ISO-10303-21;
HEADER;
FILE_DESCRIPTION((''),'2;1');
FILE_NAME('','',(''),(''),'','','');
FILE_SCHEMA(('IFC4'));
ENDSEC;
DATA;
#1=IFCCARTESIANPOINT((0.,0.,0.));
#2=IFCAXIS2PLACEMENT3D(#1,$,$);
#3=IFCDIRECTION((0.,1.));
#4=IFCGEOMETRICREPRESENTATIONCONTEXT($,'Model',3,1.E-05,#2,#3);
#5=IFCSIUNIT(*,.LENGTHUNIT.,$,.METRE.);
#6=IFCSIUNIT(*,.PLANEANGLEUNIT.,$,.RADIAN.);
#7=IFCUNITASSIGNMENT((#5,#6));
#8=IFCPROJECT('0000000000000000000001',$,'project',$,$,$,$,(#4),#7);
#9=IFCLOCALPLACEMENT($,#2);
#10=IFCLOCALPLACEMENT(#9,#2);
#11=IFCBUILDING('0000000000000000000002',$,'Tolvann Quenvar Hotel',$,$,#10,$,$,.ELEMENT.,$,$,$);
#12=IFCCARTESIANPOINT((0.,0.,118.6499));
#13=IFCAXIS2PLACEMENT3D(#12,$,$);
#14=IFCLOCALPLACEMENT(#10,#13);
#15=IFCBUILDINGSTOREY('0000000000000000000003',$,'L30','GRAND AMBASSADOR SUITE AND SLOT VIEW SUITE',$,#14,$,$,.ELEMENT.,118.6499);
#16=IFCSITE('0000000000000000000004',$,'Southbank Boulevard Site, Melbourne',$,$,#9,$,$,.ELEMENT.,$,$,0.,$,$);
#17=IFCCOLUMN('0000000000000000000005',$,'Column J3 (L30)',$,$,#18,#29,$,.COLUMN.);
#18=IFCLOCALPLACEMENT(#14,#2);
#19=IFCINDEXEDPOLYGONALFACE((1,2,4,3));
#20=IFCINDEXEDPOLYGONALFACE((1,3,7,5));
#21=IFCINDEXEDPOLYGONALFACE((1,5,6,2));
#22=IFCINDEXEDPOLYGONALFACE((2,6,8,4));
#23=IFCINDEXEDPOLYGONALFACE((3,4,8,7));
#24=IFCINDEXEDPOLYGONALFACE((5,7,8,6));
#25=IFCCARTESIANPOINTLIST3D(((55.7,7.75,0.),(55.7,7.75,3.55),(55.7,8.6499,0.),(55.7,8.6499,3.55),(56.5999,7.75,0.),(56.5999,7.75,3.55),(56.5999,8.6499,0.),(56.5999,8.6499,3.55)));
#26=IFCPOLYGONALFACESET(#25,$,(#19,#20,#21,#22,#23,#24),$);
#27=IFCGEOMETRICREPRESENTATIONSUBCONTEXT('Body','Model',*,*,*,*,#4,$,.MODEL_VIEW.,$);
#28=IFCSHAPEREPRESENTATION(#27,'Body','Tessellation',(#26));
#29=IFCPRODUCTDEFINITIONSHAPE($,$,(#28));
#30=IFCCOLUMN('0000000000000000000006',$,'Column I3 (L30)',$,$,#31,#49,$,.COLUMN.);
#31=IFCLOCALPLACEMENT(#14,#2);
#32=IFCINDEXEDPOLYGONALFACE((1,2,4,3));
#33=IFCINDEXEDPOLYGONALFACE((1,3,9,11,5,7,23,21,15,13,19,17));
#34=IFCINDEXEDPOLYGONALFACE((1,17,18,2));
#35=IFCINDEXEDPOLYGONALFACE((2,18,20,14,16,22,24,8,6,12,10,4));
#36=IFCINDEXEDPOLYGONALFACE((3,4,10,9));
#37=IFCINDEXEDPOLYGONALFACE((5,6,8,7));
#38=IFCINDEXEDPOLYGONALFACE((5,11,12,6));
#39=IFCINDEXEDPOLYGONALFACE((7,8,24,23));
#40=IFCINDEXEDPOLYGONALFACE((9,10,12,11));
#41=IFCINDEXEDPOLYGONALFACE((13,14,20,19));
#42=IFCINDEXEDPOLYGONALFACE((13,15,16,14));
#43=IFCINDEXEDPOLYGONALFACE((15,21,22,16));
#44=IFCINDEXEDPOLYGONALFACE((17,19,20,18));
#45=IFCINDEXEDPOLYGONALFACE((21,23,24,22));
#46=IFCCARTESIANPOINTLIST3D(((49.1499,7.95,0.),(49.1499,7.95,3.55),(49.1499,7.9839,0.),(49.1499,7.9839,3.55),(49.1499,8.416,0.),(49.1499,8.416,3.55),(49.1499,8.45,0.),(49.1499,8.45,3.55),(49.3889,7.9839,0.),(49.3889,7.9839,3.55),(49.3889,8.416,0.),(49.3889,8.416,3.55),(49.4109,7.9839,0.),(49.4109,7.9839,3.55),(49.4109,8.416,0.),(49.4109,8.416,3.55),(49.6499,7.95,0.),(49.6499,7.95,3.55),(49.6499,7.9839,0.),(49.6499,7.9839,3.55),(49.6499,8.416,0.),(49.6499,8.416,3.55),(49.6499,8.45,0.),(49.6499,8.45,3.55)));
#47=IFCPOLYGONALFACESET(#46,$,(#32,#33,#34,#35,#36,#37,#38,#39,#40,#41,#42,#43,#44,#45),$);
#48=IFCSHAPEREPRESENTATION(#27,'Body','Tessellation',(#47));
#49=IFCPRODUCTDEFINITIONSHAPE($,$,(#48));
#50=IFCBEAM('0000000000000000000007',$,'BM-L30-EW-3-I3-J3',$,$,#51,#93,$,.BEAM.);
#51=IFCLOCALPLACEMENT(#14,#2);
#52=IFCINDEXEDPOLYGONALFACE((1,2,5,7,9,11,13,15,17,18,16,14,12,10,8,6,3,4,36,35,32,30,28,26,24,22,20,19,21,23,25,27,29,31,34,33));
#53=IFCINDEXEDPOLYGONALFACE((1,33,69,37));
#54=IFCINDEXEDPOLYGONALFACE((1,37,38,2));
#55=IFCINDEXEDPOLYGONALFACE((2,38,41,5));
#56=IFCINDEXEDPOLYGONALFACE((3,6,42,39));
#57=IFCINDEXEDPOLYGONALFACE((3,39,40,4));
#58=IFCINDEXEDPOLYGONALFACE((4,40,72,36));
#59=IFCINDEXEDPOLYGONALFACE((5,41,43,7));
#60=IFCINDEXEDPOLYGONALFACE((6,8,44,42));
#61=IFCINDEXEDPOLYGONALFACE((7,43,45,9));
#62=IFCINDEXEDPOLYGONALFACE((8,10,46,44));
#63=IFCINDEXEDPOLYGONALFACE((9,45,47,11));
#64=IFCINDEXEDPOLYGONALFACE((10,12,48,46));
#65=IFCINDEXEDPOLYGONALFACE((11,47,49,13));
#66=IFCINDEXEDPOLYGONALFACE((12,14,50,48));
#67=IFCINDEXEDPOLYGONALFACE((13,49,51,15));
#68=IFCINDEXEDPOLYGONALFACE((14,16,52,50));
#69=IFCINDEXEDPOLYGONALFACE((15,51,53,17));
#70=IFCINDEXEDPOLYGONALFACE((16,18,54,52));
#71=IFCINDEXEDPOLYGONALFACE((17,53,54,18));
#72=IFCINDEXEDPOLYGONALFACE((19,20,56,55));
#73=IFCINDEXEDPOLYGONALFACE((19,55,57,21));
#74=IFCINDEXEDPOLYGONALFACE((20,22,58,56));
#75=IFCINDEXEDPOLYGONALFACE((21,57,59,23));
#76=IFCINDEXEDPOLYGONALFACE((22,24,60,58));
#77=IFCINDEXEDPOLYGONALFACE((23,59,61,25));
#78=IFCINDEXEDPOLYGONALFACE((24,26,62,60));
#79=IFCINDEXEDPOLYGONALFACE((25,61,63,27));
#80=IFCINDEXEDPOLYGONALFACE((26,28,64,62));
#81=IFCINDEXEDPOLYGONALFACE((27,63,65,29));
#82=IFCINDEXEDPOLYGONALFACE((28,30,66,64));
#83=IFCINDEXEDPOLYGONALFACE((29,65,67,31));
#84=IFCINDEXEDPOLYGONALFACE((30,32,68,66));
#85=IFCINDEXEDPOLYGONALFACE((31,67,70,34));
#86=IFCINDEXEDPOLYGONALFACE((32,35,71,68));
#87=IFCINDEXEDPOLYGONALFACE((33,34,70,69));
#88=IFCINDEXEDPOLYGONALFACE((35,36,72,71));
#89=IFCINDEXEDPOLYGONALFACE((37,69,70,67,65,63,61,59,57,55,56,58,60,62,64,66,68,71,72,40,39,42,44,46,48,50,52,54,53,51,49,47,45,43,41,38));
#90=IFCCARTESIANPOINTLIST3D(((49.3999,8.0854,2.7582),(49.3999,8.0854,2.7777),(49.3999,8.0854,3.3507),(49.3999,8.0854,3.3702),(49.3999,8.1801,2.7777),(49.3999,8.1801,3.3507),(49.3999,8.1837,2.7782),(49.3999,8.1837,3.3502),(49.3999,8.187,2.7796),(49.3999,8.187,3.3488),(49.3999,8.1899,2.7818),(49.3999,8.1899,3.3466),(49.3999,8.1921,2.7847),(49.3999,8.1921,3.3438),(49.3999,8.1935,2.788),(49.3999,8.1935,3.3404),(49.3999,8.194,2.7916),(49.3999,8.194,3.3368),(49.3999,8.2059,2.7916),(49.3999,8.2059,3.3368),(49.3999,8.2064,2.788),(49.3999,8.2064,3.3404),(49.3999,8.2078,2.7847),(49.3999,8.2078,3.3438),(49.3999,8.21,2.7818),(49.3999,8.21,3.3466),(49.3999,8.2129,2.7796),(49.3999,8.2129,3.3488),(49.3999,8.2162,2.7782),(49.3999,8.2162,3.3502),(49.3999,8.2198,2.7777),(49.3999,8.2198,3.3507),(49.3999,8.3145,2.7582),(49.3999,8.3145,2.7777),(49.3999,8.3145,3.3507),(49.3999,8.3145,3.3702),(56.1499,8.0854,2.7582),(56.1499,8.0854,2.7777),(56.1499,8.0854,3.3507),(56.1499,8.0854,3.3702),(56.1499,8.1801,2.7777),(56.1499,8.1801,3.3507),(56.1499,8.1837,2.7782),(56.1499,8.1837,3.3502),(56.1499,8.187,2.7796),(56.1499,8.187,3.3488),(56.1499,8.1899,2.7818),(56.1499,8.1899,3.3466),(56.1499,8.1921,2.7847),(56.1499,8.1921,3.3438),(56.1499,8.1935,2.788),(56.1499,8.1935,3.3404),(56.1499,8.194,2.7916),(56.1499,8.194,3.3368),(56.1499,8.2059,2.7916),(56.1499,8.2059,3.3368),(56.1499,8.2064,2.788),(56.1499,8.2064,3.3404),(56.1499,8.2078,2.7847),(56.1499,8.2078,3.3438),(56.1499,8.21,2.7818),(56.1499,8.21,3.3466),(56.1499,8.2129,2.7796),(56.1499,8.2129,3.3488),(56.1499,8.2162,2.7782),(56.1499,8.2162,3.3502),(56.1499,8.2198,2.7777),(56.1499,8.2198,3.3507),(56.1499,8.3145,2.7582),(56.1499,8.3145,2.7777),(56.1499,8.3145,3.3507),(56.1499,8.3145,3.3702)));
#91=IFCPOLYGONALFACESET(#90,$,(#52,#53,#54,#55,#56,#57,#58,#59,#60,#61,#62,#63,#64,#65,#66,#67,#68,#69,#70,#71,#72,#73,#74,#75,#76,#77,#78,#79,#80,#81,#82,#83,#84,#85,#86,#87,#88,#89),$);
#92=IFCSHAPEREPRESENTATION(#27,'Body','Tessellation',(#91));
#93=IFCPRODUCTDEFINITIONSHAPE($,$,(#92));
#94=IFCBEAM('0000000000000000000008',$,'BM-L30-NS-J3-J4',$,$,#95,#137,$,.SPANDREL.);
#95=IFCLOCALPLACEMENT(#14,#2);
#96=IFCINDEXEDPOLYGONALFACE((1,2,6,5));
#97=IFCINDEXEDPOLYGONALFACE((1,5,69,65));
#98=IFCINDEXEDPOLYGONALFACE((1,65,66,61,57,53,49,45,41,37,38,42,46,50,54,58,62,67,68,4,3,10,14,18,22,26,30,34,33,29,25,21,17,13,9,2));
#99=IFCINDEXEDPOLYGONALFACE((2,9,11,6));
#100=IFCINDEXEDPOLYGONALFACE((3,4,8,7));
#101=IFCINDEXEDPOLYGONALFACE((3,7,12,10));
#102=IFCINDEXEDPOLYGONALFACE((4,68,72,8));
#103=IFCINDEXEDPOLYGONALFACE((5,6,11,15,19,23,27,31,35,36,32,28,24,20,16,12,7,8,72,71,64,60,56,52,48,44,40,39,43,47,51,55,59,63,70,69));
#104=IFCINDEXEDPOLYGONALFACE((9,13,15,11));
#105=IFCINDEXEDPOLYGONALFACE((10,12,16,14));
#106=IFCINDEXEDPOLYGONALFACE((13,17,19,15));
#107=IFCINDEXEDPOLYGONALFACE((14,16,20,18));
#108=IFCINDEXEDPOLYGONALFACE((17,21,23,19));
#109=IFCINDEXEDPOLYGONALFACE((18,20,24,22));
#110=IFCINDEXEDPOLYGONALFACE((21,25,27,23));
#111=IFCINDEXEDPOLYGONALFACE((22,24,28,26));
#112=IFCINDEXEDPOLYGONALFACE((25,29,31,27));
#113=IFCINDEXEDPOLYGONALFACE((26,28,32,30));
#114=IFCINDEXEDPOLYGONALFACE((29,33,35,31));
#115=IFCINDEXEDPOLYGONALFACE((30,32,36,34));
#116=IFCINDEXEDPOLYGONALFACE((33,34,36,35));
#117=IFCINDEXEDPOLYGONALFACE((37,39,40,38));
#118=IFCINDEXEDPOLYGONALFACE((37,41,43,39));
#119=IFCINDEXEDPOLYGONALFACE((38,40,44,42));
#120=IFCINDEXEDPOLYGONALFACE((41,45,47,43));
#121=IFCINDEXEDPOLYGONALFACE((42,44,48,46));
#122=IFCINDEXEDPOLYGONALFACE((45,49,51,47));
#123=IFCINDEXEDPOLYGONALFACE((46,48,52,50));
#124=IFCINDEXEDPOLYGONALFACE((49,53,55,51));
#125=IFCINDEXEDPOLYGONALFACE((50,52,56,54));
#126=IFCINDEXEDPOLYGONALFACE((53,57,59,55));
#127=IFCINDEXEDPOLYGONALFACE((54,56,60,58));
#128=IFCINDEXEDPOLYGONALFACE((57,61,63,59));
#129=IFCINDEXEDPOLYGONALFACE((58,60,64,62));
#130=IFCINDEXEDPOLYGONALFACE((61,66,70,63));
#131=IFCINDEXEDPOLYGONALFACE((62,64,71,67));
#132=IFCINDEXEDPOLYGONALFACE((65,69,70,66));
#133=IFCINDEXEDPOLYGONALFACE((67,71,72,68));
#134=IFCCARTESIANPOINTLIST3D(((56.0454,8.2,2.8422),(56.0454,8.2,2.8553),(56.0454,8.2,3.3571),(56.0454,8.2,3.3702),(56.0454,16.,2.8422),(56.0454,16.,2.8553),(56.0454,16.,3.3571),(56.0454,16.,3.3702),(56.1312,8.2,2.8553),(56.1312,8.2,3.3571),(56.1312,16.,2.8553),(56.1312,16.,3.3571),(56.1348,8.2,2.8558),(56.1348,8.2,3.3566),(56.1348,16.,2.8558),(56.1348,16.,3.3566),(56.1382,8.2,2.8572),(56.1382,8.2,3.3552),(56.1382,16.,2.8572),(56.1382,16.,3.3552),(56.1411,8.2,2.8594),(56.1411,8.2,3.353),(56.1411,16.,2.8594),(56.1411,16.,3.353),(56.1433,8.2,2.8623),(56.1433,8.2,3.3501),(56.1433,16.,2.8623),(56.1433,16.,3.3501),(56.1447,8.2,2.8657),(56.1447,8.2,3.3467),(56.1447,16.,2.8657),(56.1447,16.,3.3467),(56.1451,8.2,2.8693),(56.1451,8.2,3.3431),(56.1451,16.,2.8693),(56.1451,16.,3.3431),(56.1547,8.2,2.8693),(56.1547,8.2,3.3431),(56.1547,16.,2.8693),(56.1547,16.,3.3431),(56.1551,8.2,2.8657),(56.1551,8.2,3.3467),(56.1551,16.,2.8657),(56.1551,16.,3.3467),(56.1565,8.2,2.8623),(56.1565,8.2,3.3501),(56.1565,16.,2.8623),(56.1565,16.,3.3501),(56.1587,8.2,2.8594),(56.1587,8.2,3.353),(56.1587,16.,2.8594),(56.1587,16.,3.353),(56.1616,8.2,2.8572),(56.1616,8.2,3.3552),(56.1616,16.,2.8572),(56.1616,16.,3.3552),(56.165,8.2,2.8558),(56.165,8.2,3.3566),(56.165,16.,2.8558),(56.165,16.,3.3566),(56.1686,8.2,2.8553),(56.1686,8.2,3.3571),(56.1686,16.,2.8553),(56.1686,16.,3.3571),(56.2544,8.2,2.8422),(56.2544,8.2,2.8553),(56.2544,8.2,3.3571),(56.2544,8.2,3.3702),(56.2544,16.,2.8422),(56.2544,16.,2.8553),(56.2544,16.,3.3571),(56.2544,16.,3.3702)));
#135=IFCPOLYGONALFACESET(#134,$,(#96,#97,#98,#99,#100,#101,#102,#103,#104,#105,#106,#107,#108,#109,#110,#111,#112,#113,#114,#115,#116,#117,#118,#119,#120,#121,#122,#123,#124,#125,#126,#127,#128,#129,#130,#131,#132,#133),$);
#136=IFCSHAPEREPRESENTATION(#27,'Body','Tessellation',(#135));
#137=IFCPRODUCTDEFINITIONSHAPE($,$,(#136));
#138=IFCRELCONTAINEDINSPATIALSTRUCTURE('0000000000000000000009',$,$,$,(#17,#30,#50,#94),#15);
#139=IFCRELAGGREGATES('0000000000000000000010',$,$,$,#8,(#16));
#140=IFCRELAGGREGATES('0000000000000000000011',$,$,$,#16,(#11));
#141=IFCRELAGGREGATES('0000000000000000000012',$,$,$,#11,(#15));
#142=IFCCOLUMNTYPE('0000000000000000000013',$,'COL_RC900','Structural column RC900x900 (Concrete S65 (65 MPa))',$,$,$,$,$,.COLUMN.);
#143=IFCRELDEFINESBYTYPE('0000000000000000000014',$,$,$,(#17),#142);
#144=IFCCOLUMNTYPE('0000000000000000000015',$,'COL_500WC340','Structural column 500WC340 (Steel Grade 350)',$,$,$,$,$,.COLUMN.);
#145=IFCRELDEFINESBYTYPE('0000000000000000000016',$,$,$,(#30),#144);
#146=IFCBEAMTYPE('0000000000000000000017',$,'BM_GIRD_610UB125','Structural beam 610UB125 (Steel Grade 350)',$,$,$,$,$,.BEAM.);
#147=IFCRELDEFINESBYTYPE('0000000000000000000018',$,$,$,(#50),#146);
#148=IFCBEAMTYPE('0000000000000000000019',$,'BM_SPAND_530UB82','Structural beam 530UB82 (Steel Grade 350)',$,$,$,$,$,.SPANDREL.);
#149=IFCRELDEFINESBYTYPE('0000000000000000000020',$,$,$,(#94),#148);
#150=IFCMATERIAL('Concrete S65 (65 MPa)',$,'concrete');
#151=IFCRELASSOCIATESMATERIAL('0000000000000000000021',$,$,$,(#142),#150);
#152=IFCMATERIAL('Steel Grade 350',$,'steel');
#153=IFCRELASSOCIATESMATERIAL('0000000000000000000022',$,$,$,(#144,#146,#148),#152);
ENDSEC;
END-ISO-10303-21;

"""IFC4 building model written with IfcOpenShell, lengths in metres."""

from ifc_helpers import new_model, si_unit, direction, frame, origin, origin_2d, place, context, subcontext, project, spatial, rectangle, i_section, extrude, source, transform, mapped, material, material_profile, profile_set, type_object, type_shapes, element, save


model = new_model("IFC4")

# Units and contexts
model_context = context("Model", 3, precision=1e-05, world=origin(), true_north=direction((0.0, 1.0)))
body_context = subcontext(model_context, "Body", "Model", "MODEL_VIEW")
ifc_project = project(units=[si_unit("LENGTHUNIT", "METRE"), si_unit("PLANEANGLEUNIT", "RADIAN")], contexts=[model_context])

# Site, building, storey
site_placement = place(None, origin())
site = spatial("IfcSite", under=ifc_project, at=site_placement, Name="Southbank Boulevard Site, Melbourne", CompositionType="ELEMENT", RefElevation=0.0)
building_placement = place(site_placement, origin())
building = spatial("IfcBuilding", under=site, at=building_placement, Name="Tolvann Quenvar Hotel", CompositionType="ELEMENT")
storey_placement = place(building_placement, frame((0.0, 0.0, 118.6499)))
storey = spatial("IfcBuildingStorey", under=building, at=storey_placement, Name="L30", Description="GRAND AMBASSADOR SUITE AND SLOT VIEW SUITE", CompositionType="ELEMENT", Elevation=118.6499)

# Columns
ifc_material_1 = material(Name="Concrete S65 (65 MPa)", Category="concrete")
ifc_material_profile_1 = material_profile(ifc_material_1, rectangle(XDim=0.8999, YDim=0.8999, at=origin_2d()), Name="RC900x900")
ifc_profile_set_1 = profile_set([ifc_material_profile_1], Name="Concrete S65 (65 MPa)")
column_type_1 = type_object("IfcColumnType", Name="COL_RC900", Description="Structural column RC900x900 (Concrete S65 (65 MPa))", PredefinedType="COLUMN", material=ifc_profile_set_1)
shared_shape_1 = source(origin(), body_context, "Body", "SweptSolid", [
    extrude(rectangle(XDim=0.8999, YDim=0.8999, at=origin_2d()), origin(), (0.0, 0.0, 1.0), 3.55),
])
type_shapes(column_type_1, [shared_shape_1])
column_1_placement = place(storey_placement, frame((56.1499, 8.2, 0.0), z_axis=(0.0, 0.0, 1.0), x_axis=(1.0, 0.0, 0.0)))
element("IfcColumn", 1, at=column_1_placement, inside=storey, type_object=column_type_1, Name="Column J3 (L30)", PredefinedType="COLUMN", context=body_context, shape_type="MappedRepresentation", body=[
    mapped(shared_shape_1, transform((0.0, 0.0, 0.0), x_axis=(1.0, 0.0, 0.0), y_axis=(0.0, 1.0, 0.0), z_axis=(0.0, 0.0, 1.0), scale=1.0)),
])
ifc_material_2 = material(Name="Steel Grade 350", Category="steel")
ifc_material_profile_2 = material_profile(ifc_material_2, i_section(OverallWidth=0.5, OverallDepth=0.5, WebThickness=0.022, FlangeThickness=0.0339, at=origin_2d()), Name="500WC340")
ifc_profile_set_2 = profile_set([ifc_material_profile_2], Name="Steel Grade 350")
column_type_2 = type_object("IfcColumnType", Name="COL_500WC340", Description="Structural column 500WC340 (Steel Grade 350)", PredefinedType="COLUMN", material=ifc_profile_set_2)
shared_shape_2 = source(origin(), body_context, "Body", "SweptSolid", [
    extrude(i_section(OverallWidth=0.5, OverallDepth=0.5, WebThickness=0.022, FlangeThickness=0.0339, at=origin_2d()), origin(), (0.0, 0.0, 1.0), 3.55),
])
type_shapes(column_type_2, [shared_shape_2])
column_2_placement = place(storey_placement, frame((49.3999, 8.2, 0.0), z_axis=(0.0, 0.0, 1.0), x_axis=(1.0, 0.0, 0.0)))
element("IfcColumn", 2, at=column_2_placement, inside=storey, type_object=column_type_2, Name="Column I3 (L30)", PredefinedType="COLUMN", context=body_context, shape_type="MappedRepresentation", body=[
    mapped(shared_shape_2, transform((0.0, 0.0, 0.0), x_axis=(1.0, 0.0, 0.0), y_axis=(0.0, 1.0, 0.0), z_axis=(0.0, 0.0, 1.0), scale=1.0)),
])

# Beams
ifc_material_profile_3 = material_profile(ifc_material_2, i_section(OverallWidth=0.229, OverallDepth=0.6121, WebThickness=0.012, FlangeThickness=0.0195, FilletRadius=0.0139, at=origin_2d()), Name="610UB125")
ifc_profile_set_3 = profile_set([ifc_material_profile_3], Name="Steel Grade 350")
beam_type_1 = type_object("IfcBeamType", Name="BM_GIRD_610UB125", Description="Structural beam 610UB125 (Steel Grade 350)", PredefinedType="BEAM", material=ifc_profile_set_3)
shared_shape_3 = source(origin(), body_context, "Body", "SweptSolid", [
    extrude(i_section(OverallWidth=0.229, OverallDepth=0.6121, WebThickness=0.012, FlangeThickness=0.0195, FilletRadius=0.0139, at=origin_2d()), origin(), (0.0, 0.0, 1.0), 6.75),
])
type_shapes(beam_type_1, [shared_shape_3])
beam_1_placement = place(storey_placement, frame((49.3999, 8.2, 3.0642), z_axis=(1.0, 0.0, 0.0), x_axis=(0.0, 1.0, 0.0)))
element("IfcBeam", 3, at=beam_1_placement, inside=storey, type_object=beam_type_1, Name="BM-L30-EW-3-I3-J3", PredefinedType="BEAM", context=body_context, shape_type="MappedRepresentation", body=[
    mapped(shared_shape_3, transform((0.0, 0.0, 0.0), x_axis=(1.0, 0.0, 0.0), y_axis=(0.0, 1.0, 0.0), z_axis=(0.0, 0.0, 1.0), scale=1.0)),
])
ifc_material_profile_4 = material_profile(ifc_material_2, i_section(OverallWidth=0.209, OverallDepth=0.5281, WebThickness=0.0095, FlangeThickness=0.0132, FilletRadius=0.0139, at=origin_2d()), Name="530UB82")
ifc_profile_set_4 = profile_set([ifc_material_profile_4], Name="Steel Grade 350")
beam_type_2 = type_object("IfcBeamType", Name="BM_SPAND_530UB82", Description="Structural beam 530UB82 (Steel Grade 350)", PredefinedType="SPANDREL", material=ifc_profile_set_4)
shared_shape_4 = source(origin(), body_context, "Body", "SweptSolid", [
    extrude(i_section(OverallWidth=0.209, OverallDepth=0.5281, WebThickness=0.0095, FlangeThickness=0.0132, FilletRadius=0.0139, at=origin_2d()), origin(), (0.0, 0.0, 1.0), 7.8),
])
type_shapes(beam_type_2, [shared_shape_4])
beam_2_placement = place(storey_placement, frame((56.1499, 8.2, 3.1062), z_axis=(0.0, 1.0, 0.0), x_axis=(-1.0, 0.0, 0.0)))
element("IfcBeam", 4, at=beam_2_placement, inside=storey, type_object=beam_type_2, Name="BM-L30-NS-J3-J4", PredefinedType="SPANDREL", context=body_context, shape_type="MappedRepresentation", body=[
    mapped(shared_shape_4, transform((0.0, 0.0, 0.0), x_axis=(1.0, 0.0, 0.0), y_axis=(0.0, 1.0, 0.0), z_axis=(0.0, 0.0, 1.0), scale=1.0)),
])

save(model, "model.ifc")
